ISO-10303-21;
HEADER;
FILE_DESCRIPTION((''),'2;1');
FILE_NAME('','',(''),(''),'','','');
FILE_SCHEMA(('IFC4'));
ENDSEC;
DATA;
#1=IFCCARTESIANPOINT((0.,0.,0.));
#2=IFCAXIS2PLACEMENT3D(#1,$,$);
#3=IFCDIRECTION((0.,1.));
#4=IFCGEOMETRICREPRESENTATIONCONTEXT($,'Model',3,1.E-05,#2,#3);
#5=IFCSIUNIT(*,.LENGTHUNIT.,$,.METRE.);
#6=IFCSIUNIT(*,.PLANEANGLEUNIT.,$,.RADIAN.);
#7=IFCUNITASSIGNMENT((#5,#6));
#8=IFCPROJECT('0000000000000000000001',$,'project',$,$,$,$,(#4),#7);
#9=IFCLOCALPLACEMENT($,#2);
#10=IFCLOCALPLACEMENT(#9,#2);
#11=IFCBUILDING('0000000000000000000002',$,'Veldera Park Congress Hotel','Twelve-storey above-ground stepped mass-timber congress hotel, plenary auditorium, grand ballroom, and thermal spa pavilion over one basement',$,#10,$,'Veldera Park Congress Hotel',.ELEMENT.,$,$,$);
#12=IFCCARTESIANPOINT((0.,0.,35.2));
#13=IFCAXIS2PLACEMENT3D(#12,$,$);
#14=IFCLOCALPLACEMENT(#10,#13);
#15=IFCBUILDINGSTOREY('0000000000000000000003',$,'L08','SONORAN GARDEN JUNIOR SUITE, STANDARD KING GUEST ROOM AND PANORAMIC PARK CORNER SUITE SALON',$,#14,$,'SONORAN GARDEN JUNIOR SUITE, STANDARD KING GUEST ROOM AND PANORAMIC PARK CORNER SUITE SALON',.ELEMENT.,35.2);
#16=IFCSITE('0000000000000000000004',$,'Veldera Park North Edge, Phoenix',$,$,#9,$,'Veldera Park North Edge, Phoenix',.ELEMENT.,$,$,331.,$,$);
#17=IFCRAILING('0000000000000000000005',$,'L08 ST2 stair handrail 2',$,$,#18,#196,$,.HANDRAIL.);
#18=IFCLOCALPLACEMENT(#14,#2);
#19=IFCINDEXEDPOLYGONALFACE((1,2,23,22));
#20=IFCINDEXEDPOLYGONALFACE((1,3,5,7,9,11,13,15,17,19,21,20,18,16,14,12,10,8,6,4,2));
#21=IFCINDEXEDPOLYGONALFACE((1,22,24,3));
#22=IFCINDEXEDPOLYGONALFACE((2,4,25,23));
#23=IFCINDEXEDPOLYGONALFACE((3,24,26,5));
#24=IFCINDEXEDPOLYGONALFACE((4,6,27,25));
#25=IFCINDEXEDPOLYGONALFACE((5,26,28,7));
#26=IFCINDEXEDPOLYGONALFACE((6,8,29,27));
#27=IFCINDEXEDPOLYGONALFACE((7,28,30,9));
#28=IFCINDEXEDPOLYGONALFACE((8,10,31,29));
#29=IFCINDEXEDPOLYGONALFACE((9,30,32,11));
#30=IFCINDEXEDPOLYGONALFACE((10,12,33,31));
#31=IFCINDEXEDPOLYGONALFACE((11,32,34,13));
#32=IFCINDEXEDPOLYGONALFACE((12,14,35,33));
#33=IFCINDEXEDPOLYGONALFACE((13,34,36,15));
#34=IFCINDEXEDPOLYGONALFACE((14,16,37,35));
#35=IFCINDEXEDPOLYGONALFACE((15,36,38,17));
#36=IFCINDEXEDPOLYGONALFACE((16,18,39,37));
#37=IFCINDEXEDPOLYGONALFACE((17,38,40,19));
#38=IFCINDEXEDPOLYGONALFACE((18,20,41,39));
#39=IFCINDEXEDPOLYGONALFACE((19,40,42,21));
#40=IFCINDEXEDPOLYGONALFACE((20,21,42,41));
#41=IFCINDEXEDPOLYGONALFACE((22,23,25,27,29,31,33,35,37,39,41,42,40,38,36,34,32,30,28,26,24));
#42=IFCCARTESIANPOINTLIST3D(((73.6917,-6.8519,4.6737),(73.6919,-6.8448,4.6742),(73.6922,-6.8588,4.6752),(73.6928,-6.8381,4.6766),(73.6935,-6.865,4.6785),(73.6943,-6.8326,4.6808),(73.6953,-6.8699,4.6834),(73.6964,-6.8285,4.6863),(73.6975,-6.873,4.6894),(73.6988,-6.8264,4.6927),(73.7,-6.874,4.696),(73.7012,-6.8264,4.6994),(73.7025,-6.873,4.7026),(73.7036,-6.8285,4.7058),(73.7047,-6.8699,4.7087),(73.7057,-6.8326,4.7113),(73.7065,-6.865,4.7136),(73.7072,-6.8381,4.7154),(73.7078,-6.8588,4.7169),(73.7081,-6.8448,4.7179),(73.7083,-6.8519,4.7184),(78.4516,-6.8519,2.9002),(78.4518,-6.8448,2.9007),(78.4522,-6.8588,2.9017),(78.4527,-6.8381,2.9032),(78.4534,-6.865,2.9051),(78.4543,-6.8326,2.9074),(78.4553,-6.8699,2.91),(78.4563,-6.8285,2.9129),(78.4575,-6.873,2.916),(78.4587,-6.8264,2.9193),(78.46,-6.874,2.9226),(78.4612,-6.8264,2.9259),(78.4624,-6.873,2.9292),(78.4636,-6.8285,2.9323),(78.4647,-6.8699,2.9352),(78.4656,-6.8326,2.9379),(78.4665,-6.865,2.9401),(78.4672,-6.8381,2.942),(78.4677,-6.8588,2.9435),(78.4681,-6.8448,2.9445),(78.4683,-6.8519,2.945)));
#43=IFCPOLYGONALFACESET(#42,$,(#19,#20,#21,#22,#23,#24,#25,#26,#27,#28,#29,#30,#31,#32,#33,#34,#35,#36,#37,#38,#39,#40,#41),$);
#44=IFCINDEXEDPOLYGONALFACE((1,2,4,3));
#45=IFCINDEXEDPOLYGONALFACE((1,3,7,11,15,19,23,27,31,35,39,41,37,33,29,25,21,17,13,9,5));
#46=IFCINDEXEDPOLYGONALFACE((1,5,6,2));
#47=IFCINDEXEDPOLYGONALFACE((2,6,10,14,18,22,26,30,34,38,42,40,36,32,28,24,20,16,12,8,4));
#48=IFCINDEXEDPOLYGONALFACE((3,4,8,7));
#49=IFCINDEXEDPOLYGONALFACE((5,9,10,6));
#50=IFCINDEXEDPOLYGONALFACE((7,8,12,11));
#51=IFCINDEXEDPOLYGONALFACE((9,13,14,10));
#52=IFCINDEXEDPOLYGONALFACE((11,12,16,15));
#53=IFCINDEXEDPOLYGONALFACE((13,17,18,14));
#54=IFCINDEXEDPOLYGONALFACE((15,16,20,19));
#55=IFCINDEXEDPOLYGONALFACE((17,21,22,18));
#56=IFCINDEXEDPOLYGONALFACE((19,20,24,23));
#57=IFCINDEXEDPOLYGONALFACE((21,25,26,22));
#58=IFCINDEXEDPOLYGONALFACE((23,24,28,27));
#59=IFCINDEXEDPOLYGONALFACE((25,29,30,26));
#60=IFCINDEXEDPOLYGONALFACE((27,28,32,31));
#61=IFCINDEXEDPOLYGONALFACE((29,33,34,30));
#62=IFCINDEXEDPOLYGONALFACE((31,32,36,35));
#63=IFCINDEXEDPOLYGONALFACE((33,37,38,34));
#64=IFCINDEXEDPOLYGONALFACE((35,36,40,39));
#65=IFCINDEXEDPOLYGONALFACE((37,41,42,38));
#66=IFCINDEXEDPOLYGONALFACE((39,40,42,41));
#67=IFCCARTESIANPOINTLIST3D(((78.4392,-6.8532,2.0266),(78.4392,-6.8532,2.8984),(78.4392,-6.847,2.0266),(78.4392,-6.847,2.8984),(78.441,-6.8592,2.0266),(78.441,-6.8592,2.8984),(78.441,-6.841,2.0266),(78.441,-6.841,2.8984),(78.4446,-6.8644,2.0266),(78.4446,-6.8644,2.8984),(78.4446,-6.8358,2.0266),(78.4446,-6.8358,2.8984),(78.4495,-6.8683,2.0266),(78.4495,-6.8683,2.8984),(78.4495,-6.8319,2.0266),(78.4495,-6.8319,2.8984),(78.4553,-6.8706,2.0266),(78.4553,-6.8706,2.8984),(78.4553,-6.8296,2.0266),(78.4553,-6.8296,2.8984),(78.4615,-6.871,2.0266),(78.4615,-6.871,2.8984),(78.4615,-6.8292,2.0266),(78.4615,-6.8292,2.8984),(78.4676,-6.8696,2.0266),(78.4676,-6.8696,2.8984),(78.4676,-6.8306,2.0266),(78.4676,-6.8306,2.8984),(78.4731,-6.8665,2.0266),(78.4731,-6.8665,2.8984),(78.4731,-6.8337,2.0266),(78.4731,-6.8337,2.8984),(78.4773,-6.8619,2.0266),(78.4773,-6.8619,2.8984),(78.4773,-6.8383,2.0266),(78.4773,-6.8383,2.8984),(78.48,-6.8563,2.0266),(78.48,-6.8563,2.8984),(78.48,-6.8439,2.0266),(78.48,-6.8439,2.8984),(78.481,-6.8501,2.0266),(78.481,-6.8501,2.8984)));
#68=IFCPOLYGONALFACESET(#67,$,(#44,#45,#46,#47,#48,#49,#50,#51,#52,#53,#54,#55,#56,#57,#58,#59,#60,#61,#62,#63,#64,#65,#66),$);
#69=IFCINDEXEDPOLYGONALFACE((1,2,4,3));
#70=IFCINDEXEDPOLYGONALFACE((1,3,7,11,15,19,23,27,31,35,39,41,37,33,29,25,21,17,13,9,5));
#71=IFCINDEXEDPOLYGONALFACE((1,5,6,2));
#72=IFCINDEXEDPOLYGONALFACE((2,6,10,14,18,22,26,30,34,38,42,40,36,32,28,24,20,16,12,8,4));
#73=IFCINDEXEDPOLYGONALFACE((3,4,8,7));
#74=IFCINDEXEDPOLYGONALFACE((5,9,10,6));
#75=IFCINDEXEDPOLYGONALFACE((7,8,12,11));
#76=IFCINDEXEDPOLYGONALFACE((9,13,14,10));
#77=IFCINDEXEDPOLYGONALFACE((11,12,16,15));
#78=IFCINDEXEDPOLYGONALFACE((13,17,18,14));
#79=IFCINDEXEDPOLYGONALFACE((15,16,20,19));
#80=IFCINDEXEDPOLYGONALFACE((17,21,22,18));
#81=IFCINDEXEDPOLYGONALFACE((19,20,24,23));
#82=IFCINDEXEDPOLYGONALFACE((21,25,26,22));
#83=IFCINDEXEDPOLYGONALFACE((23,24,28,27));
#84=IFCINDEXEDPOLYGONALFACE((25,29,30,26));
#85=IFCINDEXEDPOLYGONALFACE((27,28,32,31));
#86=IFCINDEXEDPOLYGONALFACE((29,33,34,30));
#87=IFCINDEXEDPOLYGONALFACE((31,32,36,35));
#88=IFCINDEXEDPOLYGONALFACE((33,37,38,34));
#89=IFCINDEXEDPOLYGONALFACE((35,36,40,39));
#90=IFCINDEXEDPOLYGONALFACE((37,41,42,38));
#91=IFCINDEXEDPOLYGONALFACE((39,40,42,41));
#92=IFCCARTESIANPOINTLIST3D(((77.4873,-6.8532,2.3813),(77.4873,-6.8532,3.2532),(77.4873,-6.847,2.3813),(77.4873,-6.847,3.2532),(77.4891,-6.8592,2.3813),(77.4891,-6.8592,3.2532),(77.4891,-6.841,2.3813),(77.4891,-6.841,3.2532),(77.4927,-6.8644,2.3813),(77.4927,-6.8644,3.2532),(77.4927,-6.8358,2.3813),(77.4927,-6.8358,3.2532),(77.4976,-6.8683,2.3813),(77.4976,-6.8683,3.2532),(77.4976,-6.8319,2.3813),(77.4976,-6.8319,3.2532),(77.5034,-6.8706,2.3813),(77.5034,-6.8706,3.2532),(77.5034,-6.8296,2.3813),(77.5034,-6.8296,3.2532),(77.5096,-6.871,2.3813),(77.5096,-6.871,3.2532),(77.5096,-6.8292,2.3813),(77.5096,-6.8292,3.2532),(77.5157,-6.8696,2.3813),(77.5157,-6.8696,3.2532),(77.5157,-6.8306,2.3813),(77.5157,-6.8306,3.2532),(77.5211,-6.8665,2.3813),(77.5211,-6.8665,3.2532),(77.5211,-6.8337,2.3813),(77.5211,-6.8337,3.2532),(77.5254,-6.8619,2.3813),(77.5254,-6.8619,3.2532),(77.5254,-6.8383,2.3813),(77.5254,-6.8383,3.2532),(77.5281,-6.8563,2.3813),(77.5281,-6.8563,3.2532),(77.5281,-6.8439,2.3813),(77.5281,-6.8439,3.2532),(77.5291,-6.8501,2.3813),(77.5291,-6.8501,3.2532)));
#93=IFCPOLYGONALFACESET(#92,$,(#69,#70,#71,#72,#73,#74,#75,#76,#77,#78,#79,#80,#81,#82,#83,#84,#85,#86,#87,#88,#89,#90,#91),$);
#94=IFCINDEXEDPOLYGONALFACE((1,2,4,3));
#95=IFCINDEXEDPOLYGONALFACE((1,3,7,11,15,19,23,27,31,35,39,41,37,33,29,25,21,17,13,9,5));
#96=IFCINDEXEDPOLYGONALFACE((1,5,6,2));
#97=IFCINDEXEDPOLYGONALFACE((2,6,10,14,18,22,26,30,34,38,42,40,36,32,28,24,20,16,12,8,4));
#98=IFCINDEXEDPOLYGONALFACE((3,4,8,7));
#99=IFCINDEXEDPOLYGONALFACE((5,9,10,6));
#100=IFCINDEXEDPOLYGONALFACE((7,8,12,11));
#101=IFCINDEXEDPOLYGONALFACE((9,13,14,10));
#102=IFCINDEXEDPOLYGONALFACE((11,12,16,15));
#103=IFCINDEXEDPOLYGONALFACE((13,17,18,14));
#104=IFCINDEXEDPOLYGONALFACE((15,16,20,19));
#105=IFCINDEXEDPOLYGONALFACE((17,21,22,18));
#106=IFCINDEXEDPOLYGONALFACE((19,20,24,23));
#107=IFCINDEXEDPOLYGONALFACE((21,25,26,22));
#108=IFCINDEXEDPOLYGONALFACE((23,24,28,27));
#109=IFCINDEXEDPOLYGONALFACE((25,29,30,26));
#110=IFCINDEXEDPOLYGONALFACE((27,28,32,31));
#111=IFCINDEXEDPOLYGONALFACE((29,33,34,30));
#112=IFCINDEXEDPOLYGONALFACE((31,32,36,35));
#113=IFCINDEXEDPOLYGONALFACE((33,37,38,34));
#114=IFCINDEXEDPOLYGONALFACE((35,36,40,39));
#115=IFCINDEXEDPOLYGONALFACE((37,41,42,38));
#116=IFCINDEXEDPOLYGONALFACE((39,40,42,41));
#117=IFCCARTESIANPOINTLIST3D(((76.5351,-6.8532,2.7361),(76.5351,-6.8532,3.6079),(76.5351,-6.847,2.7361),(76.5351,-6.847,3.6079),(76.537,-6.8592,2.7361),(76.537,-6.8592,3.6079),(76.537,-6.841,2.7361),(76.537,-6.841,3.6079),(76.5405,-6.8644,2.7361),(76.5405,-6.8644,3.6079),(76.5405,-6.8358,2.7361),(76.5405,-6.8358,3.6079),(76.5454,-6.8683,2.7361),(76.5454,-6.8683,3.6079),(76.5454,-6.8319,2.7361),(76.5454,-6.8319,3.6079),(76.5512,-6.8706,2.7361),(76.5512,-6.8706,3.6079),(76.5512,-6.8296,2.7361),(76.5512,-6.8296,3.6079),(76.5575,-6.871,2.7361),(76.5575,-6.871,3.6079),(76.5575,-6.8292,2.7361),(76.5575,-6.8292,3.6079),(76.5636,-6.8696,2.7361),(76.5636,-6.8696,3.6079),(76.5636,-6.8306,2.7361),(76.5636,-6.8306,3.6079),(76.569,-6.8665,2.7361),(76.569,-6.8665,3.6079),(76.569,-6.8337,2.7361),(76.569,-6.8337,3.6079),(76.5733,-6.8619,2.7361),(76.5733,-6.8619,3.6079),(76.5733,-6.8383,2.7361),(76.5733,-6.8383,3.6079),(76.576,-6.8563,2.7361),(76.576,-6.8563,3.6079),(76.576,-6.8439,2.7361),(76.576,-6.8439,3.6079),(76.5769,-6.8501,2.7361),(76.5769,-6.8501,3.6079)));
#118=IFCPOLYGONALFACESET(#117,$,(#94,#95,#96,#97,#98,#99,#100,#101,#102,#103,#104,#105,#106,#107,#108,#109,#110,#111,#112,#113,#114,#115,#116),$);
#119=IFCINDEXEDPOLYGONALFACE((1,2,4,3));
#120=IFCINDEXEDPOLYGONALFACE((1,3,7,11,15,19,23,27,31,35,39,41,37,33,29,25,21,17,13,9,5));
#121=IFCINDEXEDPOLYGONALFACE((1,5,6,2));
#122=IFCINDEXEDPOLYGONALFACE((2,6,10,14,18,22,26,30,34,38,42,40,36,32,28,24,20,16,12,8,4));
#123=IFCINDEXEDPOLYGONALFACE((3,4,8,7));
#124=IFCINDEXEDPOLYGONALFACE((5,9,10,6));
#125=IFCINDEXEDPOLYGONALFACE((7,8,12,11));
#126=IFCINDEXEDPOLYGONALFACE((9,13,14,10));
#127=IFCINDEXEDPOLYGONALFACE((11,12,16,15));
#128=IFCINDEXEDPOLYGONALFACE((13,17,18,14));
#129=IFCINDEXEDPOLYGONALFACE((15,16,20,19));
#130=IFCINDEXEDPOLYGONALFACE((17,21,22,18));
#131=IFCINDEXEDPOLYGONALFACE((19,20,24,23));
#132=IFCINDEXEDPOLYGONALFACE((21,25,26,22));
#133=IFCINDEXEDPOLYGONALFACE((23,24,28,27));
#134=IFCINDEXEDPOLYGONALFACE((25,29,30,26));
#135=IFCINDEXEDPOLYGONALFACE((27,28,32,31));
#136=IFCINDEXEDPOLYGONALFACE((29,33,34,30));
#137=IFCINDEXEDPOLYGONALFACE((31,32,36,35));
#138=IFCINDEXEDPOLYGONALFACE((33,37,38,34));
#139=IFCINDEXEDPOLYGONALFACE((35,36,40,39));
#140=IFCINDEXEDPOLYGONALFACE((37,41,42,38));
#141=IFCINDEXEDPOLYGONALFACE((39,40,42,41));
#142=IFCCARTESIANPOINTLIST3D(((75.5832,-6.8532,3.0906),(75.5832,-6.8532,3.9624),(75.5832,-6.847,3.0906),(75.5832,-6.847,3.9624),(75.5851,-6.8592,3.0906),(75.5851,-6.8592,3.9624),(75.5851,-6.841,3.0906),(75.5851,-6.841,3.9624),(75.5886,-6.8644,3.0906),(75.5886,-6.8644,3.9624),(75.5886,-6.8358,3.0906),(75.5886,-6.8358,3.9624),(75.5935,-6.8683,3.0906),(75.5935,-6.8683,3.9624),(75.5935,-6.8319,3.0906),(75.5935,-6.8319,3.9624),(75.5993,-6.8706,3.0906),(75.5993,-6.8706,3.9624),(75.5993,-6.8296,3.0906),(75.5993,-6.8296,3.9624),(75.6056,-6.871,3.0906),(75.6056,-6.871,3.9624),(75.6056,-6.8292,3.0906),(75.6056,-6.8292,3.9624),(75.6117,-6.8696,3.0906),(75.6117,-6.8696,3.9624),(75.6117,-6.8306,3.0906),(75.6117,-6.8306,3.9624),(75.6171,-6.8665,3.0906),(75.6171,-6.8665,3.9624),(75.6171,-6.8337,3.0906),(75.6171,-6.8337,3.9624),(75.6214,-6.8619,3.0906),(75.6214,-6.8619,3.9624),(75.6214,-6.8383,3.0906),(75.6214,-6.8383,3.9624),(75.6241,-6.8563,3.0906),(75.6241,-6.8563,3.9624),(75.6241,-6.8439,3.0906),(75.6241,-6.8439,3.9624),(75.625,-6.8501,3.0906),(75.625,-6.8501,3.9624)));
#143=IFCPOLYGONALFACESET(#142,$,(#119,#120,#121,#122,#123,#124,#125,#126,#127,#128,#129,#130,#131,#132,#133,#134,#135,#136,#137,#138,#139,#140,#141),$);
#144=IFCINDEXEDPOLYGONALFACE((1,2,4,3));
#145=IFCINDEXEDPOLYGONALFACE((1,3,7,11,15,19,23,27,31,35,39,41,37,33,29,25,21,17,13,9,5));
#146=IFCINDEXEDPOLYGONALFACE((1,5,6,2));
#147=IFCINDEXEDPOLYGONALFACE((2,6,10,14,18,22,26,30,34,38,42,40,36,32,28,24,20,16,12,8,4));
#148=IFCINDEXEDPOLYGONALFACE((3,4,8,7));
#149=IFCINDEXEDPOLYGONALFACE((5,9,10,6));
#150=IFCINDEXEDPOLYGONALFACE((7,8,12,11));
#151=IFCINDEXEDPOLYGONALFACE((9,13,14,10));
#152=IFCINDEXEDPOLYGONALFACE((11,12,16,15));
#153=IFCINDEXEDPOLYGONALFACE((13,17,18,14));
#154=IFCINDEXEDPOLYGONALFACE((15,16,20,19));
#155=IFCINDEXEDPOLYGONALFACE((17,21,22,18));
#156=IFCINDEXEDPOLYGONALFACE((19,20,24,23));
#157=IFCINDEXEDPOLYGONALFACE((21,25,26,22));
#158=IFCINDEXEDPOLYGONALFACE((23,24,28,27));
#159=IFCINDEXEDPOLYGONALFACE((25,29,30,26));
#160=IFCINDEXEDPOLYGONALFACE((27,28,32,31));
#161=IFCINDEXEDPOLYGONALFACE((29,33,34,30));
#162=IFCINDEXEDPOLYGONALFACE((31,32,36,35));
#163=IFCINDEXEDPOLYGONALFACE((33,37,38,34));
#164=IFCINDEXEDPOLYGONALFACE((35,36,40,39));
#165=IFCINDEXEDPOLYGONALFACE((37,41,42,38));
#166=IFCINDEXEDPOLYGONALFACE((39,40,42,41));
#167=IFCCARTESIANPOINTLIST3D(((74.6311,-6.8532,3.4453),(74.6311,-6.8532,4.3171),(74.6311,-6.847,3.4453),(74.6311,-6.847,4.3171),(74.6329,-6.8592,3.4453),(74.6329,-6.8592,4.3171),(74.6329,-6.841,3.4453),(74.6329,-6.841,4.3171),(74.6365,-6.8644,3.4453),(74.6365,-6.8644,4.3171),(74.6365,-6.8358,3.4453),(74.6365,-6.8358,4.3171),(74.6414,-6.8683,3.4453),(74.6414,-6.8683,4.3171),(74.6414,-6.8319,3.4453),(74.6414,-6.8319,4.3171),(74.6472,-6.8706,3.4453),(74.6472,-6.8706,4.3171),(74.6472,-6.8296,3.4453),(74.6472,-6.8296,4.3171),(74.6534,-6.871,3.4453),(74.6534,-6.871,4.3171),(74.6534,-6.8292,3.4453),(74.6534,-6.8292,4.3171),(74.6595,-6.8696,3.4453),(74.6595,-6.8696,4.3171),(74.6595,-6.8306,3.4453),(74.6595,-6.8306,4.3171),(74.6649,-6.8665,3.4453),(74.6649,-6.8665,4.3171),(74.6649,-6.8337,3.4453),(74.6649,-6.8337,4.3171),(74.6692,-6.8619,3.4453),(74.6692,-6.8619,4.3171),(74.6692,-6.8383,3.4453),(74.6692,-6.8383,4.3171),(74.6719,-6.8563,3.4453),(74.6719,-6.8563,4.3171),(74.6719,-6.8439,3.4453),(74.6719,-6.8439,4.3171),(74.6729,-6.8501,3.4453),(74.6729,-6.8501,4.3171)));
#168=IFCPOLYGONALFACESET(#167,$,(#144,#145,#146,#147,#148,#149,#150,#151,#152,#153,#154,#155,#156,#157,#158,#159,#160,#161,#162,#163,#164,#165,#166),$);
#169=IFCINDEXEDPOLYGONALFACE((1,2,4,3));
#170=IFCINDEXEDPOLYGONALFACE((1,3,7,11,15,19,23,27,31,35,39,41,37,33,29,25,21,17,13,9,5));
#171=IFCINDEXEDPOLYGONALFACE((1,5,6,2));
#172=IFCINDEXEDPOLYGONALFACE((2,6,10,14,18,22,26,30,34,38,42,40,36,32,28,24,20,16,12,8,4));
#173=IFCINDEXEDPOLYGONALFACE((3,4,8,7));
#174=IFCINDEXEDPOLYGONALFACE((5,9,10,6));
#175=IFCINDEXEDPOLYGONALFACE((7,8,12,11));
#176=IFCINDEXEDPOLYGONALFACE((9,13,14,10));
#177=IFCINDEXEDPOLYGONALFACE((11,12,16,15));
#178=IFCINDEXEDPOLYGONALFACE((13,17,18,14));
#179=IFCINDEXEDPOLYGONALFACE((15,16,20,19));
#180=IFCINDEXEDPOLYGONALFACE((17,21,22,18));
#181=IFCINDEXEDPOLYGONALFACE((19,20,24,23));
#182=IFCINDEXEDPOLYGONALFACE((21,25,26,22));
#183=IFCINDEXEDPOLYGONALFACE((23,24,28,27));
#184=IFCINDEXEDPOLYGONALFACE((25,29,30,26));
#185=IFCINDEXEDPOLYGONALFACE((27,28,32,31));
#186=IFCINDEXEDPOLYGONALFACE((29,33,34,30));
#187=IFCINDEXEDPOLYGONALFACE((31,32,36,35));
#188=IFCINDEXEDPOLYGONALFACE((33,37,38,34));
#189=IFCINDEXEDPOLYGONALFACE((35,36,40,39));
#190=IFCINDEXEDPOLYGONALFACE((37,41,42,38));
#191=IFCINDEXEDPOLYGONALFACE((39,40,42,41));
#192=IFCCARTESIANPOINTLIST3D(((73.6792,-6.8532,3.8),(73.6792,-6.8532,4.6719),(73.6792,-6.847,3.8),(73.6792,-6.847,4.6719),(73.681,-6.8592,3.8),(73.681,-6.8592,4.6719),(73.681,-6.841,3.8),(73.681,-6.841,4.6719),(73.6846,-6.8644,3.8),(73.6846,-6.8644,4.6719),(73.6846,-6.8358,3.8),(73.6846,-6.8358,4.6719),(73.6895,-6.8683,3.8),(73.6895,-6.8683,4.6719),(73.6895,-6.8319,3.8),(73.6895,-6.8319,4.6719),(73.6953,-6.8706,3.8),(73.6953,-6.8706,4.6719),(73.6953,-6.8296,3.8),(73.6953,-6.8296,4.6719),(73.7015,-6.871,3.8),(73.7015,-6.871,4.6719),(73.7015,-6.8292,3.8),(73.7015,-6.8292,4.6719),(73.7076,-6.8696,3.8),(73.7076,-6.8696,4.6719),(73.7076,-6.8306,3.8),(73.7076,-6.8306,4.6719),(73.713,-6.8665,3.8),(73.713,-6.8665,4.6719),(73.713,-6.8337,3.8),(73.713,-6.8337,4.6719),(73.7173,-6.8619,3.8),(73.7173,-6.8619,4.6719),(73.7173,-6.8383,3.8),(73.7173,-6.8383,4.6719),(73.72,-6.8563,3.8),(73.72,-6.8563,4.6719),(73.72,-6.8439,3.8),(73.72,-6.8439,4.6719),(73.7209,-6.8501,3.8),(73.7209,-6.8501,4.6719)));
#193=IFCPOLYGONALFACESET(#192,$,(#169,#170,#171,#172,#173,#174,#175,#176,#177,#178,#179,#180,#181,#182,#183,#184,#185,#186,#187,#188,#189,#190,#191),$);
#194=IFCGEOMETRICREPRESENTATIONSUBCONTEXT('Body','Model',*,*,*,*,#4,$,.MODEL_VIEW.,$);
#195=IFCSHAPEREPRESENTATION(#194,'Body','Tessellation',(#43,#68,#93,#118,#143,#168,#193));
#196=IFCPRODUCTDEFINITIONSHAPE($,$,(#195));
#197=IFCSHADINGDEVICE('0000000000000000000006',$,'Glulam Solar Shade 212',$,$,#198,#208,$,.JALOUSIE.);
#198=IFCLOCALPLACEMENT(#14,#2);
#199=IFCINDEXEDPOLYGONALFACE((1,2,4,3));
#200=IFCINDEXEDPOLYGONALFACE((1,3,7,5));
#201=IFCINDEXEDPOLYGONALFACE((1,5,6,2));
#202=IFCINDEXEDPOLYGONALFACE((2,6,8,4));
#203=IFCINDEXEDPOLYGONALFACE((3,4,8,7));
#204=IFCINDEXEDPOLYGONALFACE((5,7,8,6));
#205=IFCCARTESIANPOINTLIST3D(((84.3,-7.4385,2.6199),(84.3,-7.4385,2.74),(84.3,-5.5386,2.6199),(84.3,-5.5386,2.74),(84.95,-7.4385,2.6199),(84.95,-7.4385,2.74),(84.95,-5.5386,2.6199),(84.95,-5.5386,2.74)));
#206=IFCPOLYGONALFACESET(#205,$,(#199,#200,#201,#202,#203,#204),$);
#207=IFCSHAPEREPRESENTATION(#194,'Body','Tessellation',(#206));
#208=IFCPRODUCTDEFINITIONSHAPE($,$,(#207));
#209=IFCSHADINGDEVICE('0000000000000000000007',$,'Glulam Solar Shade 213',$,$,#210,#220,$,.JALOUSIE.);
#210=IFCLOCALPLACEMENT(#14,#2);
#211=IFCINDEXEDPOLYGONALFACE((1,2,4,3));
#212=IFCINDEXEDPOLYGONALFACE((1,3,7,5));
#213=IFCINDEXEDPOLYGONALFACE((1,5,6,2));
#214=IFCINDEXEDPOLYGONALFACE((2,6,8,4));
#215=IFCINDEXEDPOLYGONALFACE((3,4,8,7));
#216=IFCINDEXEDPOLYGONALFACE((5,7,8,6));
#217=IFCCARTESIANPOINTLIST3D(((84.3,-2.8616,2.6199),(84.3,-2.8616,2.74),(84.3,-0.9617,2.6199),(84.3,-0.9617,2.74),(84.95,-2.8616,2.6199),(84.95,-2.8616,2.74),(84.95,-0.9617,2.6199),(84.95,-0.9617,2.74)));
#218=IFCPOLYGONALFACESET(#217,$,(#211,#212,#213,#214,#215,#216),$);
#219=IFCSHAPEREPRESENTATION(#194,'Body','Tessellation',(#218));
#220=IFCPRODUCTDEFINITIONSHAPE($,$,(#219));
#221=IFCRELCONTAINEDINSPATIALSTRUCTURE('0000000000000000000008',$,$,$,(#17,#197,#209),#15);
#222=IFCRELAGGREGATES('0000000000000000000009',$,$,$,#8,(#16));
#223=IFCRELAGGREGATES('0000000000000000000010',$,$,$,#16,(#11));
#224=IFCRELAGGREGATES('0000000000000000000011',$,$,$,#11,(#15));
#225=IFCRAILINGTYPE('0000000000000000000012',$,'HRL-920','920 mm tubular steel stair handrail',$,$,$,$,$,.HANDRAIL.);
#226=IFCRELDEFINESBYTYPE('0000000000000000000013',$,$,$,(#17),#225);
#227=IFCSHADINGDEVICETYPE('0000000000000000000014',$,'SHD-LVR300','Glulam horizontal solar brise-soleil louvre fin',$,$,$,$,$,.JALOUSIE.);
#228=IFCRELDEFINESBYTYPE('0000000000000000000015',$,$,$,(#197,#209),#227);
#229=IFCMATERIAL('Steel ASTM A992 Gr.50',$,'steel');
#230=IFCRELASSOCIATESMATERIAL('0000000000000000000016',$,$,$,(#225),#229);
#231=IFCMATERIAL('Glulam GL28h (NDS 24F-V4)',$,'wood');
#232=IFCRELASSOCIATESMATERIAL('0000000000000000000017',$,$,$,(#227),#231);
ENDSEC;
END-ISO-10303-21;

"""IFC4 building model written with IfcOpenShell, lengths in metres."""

from ifc_helpers import new_model, si_unit, direction, frame, origin, origin_2d, place, context, subcontext, project, spatial, rectangle, circle, extrude, material, type_object, element, save


model = new_model("IFC4")

# Units and contexts
model_context = context("Model", 3, precision=1e-05, world=origin(), true_north=direction((0.0, 1.0)))
body_context = subcontext(model_context, "Body", "Model", "MODEL_VIEW")
ifc_project = project(units=[si_unit("LENGTHUNIT", "METRE"), si_unit("PLANEANGLEUNIT", "RADIAN")], contexts=[model_context])

# Site, building, storey
site_placement = place(None, origin())
site = spatial("IfcSite", under=ifc_project, at=site_placement, Name="Veldera Park North Edge, Phoenix", LongName="Veldera Park North Edge, Phoenix", CompositionType="ELEMENT", RefElevation=331.0)
building_placement = place(site_placement, origin())
building = spatial("IfcBuilding", under=site, at=building_placement, Name="Veldera Park Congress Hotel", Description="Twelve-storey above-ground stepped mass-timber congress hotel, plenary auditorium, grand ballroom, and thermal spa pavilion over one basement", LongName="Veldera Park Congress Hotel", CompositionType="ELEMENT")
storey_placement = place(building_placement, frame((0.0, 0.0, 35.2)))
storey = spatial("IfcBuildingStorey", under=building, at=storey_placement, Name="L08", Description="SONORAN GARDEN JUNIOR SUITE, STANDARD KING GUEST ROOM AND PANORAMIC PARK CORNER SUITE SALON", LongName="SONORAN GARDEN JUNIOR SUITE, STANDARD KING GUEST ROOM AND PANORAMIC PARK CORNER SUITE SALON", CompositionType="ELEMENT", Elevation=35.2)

# Shared definitions
ifc_material_1 = material(Name="Glulam GL28h (NDS 24F-V4)", Category="wood")

# Railing
ifc_material_2 = material(Name="Steel ASTM A992 Gr.50", Category="steel")
railing_type = type_object("IfcRailingType", Name="HRL-920", Description="920 mm tubular steel stair handrail", PredefinedType="HANDRAIL", material=ifc_material_2)
railing_placement = place(storey_placement, frame((78.46, -6.8501, 2.0266)))
element("IfcRailing", 1, at=railing_placement, inside=storey, type_object=railing_type, Name="L08 ST2 stair handrail 2", PredefinedType="HANDRAIL", context=body_context, shape_type="SweptSolid", body=[
    extrude(circle(Radius=0.0239, at=origin_2d()), frame((0.0, 0.0, 0.896), z_axis=(-0.937076, 0.0, 0.349126), x_axis=(0.0, -1.0, 0.0)), (0.0, 0.0, 1.0), 5.0796),
    extrude(circle(Radius=0.021, at=origin_2d()), origin(), (0.0, 0.0, 1.0), 0.8718),
    extrude(circle(Radius=0.021, at=origin_2d()), frame((-0.9519, 0.0, 0.3547)), (0.0, 0.0, 1.0), 0.8718),
    extrude(circle(Radius=0.021, at=origin_2d()), frame((-1.9041, 0.0, 0.7095)), (0.0, 0.0, 1.0), 0.8718),
    extrude(circle(Radius=0.021, at=origin_2d()), frame((-2.856, 0.0, 1.064)), (0.0, 0.0, 1.0), 0.8718),
    extrude(circle(Radius=0.021, at=origin_2d()), frame((-3.8081, 0.0, 1.4187)), (0.0, 0.0, 1.0), 0.8718),
    extrude(circle(Radius=0.021, at=origin_2d()), frame((-4.76, 0.0, 1.7734)), (0.0, 0.0, 1.0), 0.8718),
])

# Shading devices
shading_device_type = type_object("IfcShadingDeviceType", Name="SHD-LVR300", Description="Glulam horizontal solar brise-soleil louvre fin", PredefinedType="JALOUSIE", material=ifc_material_1)
for number, where, z_axis, x_axis, name in (
    (2, (84.625, -6.4885, 2.6199), (0.0, 0.0, 1.0), (0.0, 1.0, 0.0), "Glulam Solar Shade 212"),
    (3, (84.625, -1.9116, 2.6199), (0.0, 0.0, 1.0), (0.0, 1.0, 0.0), "Glulam Solar Shade 213"),
):
    element("IfcShadingDevice", number, at=place(storey_placement, frame(where, z_axis=z_axis, x_axis=x_axis)), inside=storey, type_object=shading_device_type, Name=name, PredefinedType="JALOUSIE", context=body_context, shape_type="SweptSolid", body=[
        extrude(rectangle(XDim=1.8999, YDim=0.6499, at=origin_2d()), origin(), (0.0, 0.0, 1.0), 0.1201),
    ])

save(model, "model.ifc")
